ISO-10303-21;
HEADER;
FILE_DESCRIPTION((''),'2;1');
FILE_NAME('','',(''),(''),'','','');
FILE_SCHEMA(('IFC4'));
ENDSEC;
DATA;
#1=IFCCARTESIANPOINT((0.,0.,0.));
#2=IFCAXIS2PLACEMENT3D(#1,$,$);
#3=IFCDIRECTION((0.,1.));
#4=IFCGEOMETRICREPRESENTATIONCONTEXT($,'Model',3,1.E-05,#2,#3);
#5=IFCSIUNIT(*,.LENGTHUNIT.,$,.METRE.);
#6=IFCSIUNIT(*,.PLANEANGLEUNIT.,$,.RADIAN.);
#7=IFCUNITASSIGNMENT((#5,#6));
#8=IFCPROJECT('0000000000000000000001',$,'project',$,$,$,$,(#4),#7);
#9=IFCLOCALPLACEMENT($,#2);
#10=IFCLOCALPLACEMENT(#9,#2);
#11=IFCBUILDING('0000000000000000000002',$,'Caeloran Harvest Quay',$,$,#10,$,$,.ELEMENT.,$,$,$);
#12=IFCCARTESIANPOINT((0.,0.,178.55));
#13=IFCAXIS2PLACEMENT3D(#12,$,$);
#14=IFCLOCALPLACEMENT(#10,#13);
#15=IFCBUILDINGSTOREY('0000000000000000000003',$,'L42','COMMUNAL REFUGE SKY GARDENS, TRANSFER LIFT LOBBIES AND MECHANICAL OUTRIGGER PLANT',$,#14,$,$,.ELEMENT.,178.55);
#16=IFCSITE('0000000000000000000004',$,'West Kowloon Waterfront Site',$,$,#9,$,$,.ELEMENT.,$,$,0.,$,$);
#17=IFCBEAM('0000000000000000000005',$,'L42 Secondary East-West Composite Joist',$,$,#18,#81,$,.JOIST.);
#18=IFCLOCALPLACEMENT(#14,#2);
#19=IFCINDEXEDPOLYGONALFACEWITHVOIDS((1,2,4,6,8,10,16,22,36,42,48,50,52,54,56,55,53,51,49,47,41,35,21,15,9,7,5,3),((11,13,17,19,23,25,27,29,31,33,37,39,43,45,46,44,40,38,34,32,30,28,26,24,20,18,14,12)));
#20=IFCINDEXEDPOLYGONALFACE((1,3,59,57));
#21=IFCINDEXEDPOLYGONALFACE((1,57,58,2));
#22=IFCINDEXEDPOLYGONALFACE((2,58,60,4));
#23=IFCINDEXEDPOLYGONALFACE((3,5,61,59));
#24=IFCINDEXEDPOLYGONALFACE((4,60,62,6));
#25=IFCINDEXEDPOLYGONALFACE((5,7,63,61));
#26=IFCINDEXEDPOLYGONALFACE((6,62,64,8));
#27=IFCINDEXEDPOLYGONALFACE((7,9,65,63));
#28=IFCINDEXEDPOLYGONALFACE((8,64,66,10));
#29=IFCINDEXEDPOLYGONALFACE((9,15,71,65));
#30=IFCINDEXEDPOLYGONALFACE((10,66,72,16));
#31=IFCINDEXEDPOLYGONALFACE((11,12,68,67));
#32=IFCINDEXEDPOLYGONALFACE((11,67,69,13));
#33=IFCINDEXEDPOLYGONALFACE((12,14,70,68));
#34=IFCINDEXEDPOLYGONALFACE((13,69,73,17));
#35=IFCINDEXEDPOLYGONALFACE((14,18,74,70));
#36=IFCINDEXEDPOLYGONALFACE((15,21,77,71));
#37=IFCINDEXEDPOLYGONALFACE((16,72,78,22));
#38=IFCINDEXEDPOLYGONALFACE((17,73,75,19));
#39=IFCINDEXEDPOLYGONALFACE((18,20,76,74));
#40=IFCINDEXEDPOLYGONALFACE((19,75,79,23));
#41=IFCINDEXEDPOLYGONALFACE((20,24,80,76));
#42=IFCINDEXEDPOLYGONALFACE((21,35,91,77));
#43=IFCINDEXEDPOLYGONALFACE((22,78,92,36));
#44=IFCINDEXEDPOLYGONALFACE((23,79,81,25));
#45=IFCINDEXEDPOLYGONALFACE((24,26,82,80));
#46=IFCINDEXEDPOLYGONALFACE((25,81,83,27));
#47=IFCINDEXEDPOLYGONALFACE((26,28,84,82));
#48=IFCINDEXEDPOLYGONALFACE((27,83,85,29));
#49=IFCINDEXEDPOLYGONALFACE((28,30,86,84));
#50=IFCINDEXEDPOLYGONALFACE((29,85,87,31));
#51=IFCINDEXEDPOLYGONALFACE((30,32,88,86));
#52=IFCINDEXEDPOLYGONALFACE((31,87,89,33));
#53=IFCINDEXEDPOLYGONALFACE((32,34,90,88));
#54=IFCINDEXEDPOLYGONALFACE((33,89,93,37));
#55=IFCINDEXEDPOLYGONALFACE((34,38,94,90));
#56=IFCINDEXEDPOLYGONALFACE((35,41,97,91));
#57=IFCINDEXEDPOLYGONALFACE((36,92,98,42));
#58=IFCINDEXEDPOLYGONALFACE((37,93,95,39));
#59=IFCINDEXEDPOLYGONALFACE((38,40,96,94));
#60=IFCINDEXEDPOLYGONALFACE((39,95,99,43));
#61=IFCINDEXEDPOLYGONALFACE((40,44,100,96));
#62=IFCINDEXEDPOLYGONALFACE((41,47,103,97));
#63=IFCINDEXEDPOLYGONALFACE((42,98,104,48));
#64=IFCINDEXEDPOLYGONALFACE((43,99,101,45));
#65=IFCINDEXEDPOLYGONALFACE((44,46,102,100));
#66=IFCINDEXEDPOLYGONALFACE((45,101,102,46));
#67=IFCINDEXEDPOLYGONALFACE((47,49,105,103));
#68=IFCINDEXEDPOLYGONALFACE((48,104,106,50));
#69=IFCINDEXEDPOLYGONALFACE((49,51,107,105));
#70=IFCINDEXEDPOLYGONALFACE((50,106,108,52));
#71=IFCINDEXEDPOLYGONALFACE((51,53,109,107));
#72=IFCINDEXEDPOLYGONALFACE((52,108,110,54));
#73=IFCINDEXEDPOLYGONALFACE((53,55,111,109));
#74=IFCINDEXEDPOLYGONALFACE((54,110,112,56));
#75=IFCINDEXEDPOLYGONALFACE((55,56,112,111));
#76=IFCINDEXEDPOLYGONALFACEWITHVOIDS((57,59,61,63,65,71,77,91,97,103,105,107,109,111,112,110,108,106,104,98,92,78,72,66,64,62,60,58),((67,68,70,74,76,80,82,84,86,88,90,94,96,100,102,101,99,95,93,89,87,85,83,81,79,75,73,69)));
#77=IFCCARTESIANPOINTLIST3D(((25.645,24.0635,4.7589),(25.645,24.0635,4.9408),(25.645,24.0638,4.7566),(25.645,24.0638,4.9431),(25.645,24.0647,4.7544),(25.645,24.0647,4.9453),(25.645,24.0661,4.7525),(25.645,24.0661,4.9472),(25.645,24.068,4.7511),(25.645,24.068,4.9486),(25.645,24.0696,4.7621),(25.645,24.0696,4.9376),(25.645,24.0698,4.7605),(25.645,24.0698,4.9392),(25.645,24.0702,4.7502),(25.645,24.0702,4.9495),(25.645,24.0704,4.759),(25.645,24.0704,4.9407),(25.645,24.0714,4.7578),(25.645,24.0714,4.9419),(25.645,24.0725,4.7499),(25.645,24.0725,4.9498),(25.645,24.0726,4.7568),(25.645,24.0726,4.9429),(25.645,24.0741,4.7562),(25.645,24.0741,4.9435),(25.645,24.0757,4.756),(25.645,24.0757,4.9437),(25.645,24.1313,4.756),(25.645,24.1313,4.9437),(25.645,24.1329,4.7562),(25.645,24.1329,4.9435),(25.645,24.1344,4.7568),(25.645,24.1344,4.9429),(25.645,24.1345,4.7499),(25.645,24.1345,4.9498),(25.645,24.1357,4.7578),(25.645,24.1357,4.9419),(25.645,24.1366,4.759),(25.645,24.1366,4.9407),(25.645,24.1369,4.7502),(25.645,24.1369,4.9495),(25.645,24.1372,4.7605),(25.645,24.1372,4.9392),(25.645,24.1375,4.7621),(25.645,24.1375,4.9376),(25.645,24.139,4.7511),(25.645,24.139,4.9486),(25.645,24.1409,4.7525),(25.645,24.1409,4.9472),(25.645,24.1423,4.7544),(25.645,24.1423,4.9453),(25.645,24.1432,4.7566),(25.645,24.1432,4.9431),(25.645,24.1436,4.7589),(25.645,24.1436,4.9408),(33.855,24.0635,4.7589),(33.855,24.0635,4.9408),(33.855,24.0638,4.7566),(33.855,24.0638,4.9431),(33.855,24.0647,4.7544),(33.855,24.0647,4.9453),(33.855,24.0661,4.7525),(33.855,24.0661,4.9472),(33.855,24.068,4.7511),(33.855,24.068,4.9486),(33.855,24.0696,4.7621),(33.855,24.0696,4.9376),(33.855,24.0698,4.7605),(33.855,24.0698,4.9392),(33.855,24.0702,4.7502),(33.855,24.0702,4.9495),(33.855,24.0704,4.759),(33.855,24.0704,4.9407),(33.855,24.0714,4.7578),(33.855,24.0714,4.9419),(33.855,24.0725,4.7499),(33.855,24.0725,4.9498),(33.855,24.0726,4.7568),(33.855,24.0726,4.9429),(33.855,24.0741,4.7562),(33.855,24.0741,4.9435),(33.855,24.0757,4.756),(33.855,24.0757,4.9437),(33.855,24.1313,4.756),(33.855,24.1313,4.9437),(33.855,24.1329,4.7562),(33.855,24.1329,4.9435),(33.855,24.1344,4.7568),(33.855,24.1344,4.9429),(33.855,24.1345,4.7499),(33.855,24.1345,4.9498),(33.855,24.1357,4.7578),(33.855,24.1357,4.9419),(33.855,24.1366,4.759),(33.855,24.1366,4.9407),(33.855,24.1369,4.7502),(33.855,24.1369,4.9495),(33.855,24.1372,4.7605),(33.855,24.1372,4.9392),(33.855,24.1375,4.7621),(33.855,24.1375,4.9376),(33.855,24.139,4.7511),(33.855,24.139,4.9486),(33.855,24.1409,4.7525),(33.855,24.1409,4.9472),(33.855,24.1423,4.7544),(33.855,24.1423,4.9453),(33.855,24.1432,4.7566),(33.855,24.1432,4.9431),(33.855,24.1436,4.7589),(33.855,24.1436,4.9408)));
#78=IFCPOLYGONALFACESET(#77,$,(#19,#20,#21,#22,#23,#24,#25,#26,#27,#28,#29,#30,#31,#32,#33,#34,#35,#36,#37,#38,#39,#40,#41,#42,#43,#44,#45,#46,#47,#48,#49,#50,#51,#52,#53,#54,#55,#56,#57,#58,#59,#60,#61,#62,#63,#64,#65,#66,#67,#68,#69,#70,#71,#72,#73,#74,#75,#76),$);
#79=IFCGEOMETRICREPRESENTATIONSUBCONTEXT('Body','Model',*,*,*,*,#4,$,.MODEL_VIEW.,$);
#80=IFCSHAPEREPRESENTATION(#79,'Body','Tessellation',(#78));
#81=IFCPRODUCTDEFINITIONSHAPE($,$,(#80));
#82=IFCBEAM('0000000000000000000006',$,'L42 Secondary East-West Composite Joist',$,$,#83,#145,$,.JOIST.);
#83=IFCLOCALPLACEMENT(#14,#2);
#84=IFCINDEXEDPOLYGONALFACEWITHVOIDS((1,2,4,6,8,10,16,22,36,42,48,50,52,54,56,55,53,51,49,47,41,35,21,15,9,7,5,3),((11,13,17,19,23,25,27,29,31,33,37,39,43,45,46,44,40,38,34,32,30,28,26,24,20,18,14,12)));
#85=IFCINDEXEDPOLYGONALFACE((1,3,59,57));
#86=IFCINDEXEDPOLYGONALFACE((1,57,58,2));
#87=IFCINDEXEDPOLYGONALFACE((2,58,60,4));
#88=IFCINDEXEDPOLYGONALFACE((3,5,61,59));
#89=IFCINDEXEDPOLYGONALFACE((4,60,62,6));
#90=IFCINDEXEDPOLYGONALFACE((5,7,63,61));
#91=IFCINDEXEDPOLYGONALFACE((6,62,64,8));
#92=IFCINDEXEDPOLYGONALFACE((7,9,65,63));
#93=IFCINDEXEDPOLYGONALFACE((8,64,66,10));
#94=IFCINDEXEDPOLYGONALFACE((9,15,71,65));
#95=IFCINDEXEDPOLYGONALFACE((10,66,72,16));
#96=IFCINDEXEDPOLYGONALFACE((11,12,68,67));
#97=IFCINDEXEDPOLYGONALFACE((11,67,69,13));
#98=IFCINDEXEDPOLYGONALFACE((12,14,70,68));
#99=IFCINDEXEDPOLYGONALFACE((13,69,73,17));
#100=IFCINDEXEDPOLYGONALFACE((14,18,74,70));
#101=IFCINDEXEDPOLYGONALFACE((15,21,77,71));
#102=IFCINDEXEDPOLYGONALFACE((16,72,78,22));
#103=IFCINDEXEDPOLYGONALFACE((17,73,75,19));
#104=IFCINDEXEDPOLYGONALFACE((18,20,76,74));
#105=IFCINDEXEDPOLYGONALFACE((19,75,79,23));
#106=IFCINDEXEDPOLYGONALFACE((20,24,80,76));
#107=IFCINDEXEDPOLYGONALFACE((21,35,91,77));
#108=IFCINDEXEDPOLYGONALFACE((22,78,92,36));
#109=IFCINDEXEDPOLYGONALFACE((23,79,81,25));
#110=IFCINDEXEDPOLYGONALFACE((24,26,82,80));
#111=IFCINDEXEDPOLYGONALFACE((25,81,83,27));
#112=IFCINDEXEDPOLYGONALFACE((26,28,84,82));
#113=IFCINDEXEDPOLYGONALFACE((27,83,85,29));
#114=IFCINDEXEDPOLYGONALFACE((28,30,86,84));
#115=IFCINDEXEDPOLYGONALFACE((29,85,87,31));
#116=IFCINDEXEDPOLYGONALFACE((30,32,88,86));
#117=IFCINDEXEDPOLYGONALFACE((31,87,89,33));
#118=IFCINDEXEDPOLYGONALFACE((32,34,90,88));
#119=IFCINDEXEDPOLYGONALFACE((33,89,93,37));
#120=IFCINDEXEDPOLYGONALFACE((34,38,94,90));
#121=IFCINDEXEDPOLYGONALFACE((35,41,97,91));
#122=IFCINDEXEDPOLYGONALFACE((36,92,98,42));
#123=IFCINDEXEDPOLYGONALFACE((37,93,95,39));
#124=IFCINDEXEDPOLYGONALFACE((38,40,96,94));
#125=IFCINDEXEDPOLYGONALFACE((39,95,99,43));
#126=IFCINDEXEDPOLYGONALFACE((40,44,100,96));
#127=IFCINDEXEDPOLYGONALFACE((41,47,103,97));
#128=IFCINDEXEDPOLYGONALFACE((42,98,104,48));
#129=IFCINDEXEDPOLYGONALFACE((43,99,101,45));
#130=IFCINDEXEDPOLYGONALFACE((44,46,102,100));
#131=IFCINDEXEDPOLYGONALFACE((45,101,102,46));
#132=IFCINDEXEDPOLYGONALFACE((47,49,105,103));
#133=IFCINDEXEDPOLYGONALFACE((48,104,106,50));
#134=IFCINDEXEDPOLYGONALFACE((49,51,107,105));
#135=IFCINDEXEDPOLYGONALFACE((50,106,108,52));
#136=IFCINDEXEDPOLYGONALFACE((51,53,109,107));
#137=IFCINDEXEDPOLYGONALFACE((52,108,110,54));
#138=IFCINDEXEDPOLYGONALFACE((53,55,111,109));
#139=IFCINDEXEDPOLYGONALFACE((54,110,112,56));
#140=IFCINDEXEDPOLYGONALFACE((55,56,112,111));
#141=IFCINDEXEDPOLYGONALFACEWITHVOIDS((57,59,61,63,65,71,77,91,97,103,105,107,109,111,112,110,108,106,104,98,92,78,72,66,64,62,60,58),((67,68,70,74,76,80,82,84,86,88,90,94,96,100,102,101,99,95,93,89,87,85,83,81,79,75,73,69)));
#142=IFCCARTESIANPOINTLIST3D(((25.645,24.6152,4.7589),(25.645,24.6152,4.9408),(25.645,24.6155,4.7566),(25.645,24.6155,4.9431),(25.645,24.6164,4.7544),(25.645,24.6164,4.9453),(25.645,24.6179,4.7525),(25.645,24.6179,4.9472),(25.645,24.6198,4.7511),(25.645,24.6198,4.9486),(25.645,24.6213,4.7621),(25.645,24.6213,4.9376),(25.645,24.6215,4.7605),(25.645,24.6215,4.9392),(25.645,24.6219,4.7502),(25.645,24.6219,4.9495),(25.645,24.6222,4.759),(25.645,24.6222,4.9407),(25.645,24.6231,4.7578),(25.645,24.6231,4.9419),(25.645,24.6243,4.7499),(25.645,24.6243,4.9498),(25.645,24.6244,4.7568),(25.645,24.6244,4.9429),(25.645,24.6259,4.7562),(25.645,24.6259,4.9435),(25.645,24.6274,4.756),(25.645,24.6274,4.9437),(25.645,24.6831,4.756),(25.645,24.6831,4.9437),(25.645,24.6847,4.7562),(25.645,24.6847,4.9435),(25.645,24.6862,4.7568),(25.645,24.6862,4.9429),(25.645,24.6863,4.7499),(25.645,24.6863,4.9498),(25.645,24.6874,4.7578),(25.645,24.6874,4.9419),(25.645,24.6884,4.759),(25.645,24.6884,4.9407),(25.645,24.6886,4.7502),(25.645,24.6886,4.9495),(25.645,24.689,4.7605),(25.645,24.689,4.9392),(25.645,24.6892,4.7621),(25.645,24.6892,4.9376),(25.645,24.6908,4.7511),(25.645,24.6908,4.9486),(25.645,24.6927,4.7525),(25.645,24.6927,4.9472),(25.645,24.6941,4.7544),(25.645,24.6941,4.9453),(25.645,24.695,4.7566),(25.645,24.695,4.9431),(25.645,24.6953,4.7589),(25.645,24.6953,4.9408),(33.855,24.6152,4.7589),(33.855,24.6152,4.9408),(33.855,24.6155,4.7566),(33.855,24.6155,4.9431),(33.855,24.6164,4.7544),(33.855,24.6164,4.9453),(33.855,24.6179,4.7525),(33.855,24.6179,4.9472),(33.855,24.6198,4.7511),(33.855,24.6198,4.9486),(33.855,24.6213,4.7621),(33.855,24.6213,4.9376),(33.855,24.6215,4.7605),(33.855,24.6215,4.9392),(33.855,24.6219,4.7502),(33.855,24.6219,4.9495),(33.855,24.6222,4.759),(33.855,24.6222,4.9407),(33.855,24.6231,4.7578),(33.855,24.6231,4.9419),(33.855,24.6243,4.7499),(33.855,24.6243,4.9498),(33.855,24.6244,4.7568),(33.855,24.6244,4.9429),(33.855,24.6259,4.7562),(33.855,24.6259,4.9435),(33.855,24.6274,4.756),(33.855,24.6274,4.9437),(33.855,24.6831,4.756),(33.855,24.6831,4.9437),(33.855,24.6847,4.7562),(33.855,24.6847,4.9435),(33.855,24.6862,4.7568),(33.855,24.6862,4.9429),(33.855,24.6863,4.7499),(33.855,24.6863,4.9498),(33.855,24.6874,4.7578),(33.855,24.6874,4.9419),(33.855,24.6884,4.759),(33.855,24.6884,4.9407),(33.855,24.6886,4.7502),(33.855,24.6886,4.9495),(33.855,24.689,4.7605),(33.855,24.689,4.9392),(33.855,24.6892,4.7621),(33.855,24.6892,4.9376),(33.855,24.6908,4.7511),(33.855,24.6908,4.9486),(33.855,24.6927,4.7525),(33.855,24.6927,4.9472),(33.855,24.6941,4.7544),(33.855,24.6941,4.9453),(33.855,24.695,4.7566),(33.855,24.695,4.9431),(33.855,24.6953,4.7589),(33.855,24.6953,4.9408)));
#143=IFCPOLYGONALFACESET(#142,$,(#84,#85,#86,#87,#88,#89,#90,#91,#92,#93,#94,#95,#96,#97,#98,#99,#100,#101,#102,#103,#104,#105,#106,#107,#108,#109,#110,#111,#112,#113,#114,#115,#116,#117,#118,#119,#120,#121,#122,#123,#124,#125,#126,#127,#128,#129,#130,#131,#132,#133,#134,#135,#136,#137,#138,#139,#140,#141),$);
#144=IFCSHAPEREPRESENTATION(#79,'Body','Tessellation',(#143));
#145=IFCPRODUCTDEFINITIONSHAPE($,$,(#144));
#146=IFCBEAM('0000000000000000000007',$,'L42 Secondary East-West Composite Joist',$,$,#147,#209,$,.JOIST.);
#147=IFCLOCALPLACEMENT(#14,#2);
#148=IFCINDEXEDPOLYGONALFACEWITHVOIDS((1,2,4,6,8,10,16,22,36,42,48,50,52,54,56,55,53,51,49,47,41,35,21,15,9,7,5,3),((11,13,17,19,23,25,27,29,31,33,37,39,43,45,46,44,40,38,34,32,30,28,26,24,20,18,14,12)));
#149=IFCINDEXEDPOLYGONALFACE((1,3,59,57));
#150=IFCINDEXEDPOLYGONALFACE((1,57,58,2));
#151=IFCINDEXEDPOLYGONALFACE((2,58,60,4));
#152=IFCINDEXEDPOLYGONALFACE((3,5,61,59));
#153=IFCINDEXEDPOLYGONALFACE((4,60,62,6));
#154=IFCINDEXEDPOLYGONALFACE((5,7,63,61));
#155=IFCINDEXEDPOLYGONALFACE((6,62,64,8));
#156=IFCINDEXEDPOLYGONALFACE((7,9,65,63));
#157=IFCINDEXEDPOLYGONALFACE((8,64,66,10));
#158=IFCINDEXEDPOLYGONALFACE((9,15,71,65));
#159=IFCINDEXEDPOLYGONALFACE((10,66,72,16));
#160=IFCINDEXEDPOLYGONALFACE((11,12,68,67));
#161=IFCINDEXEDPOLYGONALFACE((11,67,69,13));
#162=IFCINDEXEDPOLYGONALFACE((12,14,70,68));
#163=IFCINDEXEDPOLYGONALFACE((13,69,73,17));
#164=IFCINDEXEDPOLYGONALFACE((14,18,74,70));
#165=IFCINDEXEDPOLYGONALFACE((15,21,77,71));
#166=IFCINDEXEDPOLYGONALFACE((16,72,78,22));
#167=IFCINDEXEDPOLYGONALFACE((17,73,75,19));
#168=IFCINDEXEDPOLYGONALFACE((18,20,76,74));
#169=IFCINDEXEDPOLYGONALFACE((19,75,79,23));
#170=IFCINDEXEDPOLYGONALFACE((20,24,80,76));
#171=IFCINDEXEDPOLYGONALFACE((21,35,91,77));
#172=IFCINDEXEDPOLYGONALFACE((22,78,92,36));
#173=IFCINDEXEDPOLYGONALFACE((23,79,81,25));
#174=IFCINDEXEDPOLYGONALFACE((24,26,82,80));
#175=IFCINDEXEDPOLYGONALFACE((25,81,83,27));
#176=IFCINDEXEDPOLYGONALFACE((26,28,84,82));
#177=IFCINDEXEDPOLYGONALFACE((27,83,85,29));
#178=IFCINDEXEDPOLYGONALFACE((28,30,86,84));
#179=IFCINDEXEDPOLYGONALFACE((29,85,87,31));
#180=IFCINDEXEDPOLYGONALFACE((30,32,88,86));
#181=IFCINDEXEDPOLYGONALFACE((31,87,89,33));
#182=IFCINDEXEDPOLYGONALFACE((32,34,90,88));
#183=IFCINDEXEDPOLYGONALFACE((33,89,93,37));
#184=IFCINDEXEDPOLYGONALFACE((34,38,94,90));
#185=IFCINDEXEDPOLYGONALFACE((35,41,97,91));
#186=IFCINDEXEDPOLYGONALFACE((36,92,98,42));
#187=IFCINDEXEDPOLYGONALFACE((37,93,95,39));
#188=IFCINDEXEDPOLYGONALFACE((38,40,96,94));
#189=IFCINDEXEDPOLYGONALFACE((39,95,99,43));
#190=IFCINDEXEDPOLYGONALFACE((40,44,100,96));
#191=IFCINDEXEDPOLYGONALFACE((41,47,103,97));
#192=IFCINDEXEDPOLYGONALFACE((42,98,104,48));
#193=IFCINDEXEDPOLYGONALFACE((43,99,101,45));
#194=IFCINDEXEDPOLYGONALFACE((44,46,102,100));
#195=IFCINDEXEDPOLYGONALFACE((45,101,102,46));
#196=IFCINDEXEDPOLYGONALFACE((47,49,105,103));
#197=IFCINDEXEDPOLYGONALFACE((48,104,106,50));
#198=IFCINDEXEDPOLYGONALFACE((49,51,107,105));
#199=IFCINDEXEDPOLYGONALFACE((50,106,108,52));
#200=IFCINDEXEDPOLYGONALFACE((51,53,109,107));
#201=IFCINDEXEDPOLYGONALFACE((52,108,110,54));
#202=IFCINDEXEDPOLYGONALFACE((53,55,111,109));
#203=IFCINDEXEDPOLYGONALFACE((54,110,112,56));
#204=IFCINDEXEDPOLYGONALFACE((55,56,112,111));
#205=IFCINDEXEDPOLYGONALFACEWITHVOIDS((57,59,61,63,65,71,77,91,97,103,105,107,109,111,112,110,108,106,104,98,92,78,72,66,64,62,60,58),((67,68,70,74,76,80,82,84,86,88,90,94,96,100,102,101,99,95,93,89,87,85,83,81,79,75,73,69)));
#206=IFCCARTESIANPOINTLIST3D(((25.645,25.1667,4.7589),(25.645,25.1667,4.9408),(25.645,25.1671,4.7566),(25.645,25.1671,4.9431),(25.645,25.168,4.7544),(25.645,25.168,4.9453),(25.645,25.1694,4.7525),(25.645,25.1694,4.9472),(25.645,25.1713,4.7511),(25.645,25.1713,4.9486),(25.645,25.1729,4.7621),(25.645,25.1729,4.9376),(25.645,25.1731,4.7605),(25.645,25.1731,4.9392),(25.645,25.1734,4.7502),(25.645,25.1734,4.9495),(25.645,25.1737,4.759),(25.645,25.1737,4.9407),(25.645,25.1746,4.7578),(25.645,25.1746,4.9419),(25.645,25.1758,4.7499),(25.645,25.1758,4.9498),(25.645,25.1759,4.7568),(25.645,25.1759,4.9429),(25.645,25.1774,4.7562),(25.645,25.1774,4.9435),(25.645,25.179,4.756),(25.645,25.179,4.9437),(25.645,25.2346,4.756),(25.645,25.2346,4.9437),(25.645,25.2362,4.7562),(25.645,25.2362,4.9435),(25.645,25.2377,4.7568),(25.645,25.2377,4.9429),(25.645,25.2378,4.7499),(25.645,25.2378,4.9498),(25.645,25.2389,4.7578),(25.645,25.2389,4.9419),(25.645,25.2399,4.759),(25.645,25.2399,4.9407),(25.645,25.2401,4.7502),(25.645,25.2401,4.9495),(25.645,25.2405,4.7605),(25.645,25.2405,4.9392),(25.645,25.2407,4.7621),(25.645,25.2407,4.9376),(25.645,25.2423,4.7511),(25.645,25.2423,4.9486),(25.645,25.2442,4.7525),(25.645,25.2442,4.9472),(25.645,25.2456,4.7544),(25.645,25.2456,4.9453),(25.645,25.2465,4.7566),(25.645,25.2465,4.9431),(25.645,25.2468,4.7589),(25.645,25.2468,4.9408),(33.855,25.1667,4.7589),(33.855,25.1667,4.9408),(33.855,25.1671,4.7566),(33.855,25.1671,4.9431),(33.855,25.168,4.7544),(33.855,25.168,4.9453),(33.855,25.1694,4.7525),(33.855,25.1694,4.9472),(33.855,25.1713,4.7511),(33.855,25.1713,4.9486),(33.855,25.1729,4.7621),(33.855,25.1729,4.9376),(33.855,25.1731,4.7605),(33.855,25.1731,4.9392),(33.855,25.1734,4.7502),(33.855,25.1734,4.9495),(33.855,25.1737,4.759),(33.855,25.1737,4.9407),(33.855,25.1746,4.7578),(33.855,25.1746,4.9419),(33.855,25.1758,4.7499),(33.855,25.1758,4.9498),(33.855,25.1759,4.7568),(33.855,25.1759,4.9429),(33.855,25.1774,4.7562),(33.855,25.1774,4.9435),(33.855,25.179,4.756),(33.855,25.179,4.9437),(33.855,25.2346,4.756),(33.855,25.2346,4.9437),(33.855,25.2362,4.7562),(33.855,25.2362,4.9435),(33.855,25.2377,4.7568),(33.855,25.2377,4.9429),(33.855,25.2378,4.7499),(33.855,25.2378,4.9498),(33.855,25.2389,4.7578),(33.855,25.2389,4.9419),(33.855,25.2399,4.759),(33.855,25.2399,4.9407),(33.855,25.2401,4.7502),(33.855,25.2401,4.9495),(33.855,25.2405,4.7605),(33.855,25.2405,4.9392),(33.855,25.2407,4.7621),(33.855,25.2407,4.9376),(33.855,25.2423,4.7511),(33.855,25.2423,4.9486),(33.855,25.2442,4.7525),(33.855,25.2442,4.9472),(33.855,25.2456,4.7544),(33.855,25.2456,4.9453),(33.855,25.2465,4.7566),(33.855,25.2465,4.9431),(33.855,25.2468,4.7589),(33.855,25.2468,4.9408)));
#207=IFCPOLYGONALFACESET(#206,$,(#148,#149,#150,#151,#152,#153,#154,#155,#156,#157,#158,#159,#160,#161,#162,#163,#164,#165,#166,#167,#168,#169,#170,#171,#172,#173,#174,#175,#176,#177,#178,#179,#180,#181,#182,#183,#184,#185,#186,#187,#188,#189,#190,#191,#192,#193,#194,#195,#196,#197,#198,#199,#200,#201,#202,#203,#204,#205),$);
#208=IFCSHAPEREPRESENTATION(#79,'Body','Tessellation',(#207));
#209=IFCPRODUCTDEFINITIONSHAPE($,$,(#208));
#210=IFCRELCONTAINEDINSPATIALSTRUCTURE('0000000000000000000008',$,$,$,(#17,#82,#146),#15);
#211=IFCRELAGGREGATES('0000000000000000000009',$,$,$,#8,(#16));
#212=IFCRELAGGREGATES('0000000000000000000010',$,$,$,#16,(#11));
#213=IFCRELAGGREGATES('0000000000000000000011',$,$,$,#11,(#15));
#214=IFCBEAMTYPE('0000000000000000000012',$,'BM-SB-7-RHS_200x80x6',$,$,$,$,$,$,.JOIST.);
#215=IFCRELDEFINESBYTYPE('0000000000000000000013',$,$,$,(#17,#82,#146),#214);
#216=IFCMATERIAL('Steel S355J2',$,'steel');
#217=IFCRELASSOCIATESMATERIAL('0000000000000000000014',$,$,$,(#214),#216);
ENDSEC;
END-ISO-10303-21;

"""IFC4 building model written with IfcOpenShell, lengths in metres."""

from ifc_helpers import new_model, si_unit, direction, frame, origin, origin_2d, place, context, subcontext, project, spatial, hollow_rectangle, extrude, material, material_profile, profile_set, type_object, element, save


model = new_model("IFC4")

# Units and contexts
model_context = context("Model", 3, precision=1e-05, world=origin(), true_north=direction((0.0, 1.0)))
body_context = subcontext(model_context, "Body", "Model", "MODEL_VIEW")
ifc_project = project(units=[si_unit("LENGTHUNIT", "METRE"), si_unit("PLANEANGLEUNIT", "RADIAN")], contexts=[model_context])

# Site, building, storey
site_placement = place(None, origin())
site = spatial("IfcSite", under=ifc_project, at=site_placement, Name="West Kowloon Waterfront Site", CompositionType="ELEMENT", RefElevation=0.0)
building_placement = place(site_placement, origin())
building = spatial("IfcBuilding", under=site, at=building_placement, Name="Caeloran Harvest Quay", CompositionType="ELEMENT")
storey_placement = place(building_placement, frame((0.0, 0.0, 178.55)))
storey = spatial("IfcBuildingStorey", under=building, at=storey_placement, Name="L42", Description="COMMUNAL REFUGE SKY GARDENS, TRANSFER LIFT LOBBIES AND MECHANICAL OUTRIGGER PLANT", CompositionType="ELEMENT", Elevation=178.55)

# Beams
ifc_material_1 = material(Name="Steel S355J2", Category="steel")
ifc_material_profile_1 = material_profile(ifc_material_1, hollow_rectangle(XDim=0.0801, YDim=0.2, WallThickness=0.0061, InnerFilletRadius=0.0061, OuterFilletRadius=0.009, at=origin_2d()), Name="RHS 200x80x6")
ifc_profile_set_1 = profile_set([ifc_material_profile_1], Name="Steel S355J2")
beam_type_1 = type_object("IfcBeamType", Name="BM-SB-7-RHS_200x80x6", PredefinedType="JOIST", material=ifc_profile_set_1)
for number, where, z_axis, x_axis, name in (
    (1, (25.645, 24.1035, 4.8499), (1.0, 0.0, 0.0), (0.0, 1.0, 0.0), "L42 Secondary East-West Composite Joist"),
    (2, (25.645, 24.6553, 4.8499), (1.0, 0.0, 0.0), (0.0, 1.0, 0.0), "L42 Secondary East-West Composite Joist"),
    (3, (25.645, 25.2068, 4.8499), (1.0, 0.0, 0.0), (0.0, 1.0, 0.0), "L42 Secondary East-West Composite Joist"),
):
    element("IfcBeam", number, at=place(storey_placement, frame(where, z_axis=z_axis, x_axis=x_axis)), inside=storey, type_object=beam_type_1, Name=name, PredefinedType="JOIST", context=body_context, shape_type="SweptSolid", body=[
        extrude(hollow_rectangle(XDim=0.0801, YDim=0.2, WallThickness=0.0061, InnerFilletRadius=0.0061, OuterFilletRadius=0.009, at=origin_2d()), origin(), (0.0, 0.0, 1.0), 8.21),
    ])

save(model, "model.ifc")
